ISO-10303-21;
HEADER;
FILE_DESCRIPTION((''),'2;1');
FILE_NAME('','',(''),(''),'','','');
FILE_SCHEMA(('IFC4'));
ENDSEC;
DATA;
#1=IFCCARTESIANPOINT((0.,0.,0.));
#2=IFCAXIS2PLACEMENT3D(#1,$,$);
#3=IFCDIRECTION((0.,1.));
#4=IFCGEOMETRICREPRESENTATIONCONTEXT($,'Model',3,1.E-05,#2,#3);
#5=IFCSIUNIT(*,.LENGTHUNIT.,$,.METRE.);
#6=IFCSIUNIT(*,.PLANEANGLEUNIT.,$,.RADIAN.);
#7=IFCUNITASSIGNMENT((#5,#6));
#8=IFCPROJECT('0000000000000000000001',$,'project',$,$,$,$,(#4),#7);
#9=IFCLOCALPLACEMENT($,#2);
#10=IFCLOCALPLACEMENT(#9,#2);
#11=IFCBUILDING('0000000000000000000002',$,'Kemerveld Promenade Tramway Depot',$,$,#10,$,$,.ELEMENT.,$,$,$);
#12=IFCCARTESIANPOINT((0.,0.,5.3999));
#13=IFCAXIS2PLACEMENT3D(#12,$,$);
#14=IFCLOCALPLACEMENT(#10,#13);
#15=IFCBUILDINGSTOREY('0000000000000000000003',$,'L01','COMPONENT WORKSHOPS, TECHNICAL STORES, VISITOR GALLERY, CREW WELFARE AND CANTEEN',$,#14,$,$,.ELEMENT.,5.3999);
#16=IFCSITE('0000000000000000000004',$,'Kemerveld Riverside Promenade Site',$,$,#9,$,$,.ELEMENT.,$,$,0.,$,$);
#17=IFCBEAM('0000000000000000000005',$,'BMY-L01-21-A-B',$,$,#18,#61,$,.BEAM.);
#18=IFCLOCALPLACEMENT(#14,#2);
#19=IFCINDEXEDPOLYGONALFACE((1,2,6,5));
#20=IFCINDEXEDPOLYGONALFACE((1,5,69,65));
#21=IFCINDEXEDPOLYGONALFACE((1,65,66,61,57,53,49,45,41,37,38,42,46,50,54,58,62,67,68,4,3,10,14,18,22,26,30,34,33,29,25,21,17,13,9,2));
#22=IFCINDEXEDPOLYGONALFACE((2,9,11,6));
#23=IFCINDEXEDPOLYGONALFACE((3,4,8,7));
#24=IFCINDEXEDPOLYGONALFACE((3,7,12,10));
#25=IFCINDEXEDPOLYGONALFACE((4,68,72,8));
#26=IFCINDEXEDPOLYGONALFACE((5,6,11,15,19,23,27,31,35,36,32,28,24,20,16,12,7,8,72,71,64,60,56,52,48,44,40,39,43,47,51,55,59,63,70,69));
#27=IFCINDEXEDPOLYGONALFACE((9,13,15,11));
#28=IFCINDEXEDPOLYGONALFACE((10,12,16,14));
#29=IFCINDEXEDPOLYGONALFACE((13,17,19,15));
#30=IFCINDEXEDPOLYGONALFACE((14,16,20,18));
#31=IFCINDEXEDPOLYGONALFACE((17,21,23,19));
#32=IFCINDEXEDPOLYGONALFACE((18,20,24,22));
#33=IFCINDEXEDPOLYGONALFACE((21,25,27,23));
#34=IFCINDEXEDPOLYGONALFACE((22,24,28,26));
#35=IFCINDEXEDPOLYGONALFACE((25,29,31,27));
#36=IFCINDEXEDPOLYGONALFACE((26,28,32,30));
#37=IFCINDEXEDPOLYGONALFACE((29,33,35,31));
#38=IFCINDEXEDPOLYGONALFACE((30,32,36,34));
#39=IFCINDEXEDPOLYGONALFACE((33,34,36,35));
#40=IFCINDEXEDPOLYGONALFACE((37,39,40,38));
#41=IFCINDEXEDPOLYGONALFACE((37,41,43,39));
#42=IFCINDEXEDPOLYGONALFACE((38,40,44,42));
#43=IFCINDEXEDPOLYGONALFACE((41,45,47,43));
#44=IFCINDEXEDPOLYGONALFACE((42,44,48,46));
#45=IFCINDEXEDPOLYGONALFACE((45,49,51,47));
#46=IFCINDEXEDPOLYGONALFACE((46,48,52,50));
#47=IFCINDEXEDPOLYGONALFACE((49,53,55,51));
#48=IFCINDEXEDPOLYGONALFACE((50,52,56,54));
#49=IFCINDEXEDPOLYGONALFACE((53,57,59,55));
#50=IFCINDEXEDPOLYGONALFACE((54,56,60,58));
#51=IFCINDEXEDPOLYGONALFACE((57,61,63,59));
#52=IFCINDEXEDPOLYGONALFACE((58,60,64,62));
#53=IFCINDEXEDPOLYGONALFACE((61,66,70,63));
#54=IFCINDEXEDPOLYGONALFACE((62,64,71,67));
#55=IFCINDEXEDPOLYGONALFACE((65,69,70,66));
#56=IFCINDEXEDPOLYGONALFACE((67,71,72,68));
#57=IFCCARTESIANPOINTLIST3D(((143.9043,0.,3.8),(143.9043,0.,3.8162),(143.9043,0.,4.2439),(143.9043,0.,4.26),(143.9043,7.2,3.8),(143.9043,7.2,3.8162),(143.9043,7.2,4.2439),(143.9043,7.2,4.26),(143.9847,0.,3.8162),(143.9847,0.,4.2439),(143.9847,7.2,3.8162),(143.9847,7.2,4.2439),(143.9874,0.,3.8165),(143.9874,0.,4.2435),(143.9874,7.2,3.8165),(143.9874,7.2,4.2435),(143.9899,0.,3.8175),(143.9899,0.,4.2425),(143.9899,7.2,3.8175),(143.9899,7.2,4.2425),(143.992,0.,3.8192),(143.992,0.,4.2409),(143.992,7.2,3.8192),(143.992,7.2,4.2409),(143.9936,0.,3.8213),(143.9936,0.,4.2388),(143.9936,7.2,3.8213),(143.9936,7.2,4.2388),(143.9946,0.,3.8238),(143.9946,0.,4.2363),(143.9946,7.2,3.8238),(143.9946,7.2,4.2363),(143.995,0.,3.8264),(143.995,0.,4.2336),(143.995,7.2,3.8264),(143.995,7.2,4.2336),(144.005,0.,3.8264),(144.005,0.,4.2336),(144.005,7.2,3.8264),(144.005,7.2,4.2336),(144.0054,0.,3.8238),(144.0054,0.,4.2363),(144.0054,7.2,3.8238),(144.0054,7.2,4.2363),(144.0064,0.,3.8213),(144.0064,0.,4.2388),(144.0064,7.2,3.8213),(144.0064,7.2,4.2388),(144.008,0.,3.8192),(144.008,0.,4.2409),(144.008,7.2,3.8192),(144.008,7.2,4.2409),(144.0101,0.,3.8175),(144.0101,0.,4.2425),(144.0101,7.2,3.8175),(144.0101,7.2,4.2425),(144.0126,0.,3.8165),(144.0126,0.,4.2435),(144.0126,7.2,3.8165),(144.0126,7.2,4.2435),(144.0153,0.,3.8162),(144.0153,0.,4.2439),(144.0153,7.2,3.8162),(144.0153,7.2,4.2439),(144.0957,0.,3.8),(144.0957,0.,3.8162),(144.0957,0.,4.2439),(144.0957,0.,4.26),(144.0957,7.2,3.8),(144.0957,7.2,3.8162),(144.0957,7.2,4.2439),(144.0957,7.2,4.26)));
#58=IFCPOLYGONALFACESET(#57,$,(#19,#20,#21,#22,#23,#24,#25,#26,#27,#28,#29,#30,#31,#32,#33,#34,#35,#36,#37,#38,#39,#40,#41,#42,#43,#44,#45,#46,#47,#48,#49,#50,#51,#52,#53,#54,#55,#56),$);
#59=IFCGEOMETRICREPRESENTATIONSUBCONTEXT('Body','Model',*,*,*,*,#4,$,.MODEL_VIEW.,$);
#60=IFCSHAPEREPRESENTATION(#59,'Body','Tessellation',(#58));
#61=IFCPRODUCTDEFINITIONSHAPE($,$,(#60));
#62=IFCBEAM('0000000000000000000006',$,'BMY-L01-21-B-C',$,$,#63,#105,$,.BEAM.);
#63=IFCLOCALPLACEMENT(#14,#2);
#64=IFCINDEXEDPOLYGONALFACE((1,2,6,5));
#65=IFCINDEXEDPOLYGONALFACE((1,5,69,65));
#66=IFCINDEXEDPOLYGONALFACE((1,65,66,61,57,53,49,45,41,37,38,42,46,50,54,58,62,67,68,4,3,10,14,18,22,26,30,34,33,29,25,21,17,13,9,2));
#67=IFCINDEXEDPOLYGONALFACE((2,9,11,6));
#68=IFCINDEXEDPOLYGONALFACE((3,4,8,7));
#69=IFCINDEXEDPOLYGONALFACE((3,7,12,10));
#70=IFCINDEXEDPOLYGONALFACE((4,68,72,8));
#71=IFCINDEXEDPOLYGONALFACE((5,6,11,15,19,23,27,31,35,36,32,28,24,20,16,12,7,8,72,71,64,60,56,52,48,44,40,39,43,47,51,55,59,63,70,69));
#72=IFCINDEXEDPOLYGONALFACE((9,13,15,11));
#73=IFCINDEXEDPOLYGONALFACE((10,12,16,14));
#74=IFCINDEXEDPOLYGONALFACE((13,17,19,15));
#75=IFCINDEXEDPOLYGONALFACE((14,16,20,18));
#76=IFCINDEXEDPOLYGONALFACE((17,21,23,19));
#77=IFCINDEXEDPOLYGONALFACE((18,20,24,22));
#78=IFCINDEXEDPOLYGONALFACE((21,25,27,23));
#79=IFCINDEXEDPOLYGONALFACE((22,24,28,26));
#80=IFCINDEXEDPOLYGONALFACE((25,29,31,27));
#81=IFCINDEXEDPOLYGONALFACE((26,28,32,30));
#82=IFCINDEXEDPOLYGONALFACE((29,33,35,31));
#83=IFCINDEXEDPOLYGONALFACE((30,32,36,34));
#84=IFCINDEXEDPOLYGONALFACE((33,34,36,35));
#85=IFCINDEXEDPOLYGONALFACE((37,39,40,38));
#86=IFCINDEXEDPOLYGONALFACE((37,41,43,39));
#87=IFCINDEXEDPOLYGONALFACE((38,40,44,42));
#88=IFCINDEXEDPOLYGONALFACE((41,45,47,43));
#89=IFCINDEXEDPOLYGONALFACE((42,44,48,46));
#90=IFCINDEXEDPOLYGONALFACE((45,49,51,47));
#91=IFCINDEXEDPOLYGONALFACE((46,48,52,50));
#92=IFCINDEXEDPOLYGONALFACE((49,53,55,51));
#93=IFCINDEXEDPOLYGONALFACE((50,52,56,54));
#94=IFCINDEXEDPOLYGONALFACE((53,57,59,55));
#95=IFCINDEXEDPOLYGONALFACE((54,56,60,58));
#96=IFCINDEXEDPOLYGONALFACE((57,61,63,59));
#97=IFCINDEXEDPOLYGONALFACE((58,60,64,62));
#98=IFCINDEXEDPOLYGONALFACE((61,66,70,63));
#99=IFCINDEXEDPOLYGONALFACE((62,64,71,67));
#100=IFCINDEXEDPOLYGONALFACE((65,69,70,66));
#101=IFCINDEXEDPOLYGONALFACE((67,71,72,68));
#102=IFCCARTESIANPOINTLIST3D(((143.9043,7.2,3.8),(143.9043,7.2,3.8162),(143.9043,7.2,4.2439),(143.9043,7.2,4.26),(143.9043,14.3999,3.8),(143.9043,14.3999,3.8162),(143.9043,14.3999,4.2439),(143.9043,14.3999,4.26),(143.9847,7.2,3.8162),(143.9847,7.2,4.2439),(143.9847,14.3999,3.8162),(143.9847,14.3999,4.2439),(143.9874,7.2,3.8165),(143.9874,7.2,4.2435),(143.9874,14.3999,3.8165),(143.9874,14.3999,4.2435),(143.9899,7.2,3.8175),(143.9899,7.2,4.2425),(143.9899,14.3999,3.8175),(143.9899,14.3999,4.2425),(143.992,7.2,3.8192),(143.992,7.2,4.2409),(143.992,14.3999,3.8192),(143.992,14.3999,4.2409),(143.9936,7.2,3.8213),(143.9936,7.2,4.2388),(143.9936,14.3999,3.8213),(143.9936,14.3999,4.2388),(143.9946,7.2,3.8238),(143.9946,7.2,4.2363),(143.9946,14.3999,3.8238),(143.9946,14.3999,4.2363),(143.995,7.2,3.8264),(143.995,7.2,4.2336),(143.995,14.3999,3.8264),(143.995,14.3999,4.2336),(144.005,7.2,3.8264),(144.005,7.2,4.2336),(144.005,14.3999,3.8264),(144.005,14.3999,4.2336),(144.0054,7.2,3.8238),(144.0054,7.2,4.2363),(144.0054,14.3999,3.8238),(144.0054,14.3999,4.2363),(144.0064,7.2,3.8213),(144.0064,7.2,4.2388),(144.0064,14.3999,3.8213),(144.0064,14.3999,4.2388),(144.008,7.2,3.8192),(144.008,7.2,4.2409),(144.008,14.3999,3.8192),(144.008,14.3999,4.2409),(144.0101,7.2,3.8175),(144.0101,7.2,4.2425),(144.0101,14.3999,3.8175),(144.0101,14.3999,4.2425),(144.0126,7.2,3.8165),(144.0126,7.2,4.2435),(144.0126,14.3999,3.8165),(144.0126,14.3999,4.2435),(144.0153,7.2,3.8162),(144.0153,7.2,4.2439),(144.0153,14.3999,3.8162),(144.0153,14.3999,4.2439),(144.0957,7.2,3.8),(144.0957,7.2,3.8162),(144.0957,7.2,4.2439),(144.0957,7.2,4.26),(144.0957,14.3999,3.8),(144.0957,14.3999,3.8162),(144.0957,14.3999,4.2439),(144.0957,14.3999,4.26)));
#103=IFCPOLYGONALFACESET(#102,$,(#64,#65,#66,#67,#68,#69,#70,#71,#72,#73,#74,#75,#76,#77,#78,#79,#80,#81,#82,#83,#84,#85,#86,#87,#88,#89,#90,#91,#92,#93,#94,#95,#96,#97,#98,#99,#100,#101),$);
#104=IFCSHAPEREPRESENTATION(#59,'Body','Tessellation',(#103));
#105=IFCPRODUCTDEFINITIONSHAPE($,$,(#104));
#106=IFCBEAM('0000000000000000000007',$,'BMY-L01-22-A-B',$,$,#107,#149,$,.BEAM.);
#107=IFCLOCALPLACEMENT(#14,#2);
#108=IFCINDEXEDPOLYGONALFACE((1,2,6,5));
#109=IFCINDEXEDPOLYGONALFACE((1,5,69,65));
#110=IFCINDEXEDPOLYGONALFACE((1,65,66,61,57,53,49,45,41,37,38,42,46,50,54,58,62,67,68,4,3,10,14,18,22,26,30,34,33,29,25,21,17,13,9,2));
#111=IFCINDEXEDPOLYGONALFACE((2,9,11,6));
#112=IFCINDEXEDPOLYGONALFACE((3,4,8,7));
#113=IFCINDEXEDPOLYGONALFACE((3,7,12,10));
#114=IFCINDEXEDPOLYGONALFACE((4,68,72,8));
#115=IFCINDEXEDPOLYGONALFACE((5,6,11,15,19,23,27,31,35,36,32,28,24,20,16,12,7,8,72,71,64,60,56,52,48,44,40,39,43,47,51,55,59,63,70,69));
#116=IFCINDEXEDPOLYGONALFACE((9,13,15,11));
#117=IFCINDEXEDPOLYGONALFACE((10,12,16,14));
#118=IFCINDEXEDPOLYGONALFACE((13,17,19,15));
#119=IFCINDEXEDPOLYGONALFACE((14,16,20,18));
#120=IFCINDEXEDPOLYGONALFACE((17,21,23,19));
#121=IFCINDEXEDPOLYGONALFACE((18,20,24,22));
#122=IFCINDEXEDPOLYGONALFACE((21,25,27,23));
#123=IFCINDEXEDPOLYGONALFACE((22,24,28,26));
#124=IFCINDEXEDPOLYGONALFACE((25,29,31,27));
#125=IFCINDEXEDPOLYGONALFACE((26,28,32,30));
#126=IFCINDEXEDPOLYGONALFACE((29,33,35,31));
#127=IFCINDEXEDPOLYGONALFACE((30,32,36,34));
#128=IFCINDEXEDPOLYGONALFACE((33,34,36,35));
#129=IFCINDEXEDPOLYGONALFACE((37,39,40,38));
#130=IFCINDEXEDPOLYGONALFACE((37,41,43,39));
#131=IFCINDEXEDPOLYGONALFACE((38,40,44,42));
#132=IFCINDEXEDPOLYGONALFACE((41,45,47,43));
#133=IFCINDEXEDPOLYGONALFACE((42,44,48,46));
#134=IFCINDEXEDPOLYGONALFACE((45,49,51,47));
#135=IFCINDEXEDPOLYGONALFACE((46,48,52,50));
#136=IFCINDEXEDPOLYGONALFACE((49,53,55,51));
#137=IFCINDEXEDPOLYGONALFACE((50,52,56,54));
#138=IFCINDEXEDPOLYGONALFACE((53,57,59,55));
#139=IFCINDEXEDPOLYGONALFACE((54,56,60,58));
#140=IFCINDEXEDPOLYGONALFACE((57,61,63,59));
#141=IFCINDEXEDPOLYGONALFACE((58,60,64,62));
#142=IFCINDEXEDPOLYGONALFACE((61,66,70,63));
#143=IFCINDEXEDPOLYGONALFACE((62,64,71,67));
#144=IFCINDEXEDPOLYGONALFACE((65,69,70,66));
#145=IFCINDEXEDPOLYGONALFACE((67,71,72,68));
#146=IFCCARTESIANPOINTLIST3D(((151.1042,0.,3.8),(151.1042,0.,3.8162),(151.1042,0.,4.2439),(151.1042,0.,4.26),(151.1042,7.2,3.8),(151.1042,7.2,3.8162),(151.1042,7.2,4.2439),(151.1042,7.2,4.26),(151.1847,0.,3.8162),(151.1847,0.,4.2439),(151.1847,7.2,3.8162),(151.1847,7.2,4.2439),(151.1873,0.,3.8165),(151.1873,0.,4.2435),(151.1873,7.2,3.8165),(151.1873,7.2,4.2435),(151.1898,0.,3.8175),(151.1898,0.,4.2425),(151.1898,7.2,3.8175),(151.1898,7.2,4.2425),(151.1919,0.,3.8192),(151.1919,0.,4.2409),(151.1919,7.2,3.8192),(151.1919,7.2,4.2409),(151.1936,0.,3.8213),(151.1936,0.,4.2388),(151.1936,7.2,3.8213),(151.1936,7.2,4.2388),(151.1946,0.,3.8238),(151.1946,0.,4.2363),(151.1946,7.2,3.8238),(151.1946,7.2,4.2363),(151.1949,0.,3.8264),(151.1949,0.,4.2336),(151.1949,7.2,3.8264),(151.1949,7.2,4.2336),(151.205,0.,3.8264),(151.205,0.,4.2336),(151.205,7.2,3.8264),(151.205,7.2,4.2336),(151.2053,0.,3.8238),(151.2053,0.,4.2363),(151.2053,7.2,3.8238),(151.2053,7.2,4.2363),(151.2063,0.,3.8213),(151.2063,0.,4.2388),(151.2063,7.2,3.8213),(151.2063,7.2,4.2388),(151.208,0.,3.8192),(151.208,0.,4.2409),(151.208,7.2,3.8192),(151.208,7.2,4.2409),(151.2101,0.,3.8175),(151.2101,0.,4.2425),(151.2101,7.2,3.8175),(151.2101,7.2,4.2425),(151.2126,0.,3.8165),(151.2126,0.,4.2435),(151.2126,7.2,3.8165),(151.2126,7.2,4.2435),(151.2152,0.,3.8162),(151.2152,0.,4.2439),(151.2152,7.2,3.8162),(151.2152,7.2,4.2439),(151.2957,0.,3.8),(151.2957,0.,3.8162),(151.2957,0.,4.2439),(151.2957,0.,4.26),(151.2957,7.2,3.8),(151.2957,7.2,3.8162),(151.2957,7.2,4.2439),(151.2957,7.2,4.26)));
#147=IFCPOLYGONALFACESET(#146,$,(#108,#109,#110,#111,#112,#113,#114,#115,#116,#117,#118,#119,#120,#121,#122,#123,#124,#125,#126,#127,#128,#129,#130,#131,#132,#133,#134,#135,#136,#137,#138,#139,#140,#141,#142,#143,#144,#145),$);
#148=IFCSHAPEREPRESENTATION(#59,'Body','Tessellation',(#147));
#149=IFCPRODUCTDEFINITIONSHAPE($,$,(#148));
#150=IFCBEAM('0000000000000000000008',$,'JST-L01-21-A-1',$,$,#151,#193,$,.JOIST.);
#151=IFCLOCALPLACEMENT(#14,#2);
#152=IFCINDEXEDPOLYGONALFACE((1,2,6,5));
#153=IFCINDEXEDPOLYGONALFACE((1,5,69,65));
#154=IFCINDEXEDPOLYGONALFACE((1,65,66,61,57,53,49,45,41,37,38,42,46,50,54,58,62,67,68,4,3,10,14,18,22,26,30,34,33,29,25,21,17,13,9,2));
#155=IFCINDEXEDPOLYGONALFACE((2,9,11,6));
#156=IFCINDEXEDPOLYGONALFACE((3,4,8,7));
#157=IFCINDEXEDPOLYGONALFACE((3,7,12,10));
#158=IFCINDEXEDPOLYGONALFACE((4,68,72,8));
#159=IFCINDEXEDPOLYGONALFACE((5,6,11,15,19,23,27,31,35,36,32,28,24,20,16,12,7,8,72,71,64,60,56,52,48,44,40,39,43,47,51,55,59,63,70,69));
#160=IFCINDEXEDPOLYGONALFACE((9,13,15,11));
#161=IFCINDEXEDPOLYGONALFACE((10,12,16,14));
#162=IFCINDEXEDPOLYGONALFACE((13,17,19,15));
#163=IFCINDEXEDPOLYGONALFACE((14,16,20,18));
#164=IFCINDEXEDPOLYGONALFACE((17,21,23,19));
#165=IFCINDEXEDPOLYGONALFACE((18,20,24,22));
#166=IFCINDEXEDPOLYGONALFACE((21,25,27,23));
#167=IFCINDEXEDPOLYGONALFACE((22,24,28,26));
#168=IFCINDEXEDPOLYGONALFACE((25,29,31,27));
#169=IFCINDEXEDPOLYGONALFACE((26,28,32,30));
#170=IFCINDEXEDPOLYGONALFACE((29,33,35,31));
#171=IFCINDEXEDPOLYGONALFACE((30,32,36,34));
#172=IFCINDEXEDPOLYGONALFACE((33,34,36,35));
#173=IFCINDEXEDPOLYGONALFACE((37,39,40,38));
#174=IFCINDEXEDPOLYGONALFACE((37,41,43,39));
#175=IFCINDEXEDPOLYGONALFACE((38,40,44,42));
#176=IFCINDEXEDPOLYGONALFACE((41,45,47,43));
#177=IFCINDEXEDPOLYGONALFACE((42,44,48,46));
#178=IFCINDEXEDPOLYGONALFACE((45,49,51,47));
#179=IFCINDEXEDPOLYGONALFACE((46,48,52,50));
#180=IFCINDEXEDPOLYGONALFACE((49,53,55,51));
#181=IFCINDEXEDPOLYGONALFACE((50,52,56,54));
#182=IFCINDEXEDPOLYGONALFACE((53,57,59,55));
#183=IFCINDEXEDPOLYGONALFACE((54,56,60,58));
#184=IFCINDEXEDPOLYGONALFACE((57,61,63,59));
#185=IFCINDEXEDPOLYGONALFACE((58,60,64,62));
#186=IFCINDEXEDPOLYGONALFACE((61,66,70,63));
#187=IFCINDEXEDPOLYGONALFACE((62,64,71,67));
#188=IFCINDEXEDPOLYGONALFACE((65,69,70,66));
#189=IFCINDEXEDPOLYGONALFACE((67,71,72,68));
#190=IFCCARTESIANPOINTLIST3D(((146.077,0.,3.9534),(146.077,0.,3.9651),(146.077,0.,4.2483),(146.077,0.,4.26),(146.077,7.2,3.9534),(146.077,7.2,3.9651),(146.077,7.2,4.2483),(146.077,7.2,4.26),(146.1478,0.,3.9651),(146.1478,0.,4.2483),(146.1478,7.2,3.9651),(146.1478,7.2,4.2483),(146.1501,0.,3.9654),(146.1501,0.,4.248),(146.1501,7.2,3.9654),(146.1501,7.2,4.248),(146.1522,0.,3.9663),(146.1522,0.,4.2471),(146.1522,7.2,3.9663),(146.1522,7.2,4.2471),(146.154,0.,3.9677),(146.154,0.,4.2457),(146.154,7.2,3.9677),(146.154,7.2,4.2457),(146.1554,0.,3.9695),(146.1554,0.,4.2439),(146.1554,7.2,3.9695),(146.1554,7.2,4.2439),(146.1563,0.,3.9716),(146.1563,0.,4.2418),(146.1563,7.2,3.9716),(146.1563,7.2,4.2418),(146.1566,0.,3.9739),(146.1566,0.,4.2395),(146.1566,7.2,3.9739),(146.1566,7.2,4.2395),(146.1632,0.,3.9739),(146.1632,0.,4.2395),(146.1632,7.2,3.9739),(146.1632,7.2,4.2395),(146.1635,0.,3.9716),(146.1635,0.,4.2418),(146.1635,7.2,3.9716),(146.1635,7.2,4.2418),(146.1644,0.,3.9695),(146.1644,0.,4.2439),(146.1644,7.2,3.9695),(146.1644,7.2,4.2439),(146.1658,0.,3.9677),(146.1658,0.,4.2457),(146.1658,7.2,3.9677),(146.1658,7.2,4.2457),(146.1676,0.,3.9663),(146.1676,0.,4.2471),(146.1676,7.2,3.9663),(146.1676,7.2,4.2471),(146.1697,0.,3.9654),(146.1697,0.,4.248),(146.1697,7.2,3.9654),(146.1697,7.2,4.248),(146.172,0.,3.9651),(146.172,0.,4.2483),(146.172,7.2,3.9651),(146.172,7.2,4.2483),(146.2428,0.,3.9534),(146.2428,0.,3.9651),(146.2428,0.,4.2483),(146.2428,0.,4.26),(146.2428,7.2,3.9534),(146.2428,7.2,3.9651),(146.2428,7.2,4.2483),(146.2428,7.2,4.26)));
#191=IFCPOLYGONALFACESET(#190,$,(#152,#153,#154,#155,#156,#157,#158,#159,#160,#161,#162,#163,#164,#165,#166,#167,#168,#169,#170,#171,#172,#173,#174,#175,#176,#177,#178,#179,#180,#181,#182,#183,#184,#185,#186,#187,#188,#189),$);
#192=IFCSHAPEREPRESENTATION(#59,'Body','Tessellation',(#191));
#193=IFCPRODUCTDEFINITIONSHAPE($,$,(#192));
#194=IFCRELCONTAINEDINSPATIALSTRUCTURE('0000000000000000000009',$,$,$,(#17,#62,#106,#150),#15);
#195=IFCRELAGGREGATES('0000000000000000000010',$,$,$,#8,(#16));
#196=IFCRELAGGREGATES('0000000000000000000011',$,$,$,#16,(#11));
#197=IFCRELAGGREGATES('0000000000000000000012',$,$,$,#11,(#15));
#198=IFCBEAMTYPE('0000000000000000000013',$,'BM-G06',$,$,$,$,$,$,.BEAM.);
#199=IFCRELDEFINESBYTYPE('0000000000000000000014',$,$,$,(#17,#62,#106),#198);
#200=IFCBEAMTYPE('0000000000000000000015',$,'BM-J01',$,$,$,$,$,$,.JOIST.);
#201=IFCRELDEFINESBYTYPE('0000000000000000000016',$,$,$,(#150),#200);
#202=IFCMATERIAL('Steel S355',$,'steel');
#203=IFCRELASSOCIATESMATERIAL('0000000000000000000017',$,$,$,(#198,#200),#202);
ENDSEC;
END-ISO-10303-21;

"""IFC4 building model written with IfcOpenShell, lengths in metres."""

from ifc_helpers import new_model, si_unit, direction, frame, origin, origin_2d, place, context, subcontext, project, spatial, i_section, extrude, material, material_profile, profile_set, type_object, element, save


model = new_model("IFC4")

# Units and contexts
model_context = context("Model", 3, precision=1e-05, world=origin(), true_north=direction((0.0, 1.0)))
body_context = subcontext(model_context, "Body", "Model", "MODEL_VIEW")
ifc_project = project(units=[si_unit("LENGTHUNIT", "METRE"), si_unit("PLANEANGLEUNIT", "RADIAN")], contexts=[model_context])

# Site, building, storey
site_placement = place(None, origin())
site = spatial("IfcSite", under=ifc_project, at=site_placement, Name="Kemerveld Riverside Promenade Site", CompositionType="ELEMENT", RefElevation=0.0)
building_placement = place(site_placement, origin())
building = spatial("IfcBuilding", under=site, at=building_placement, Name="Kemerveld Promenade Tramway Depot", CompositionType="ELEMENT")
storey_placement = place(building_placement, frame((0.0, 0.0, 5.3999)))
storey = spatial("IfcBuildingStorey", under=building, at=storey_placement, Name="L01", Description="COMPONENT WORKSHOPS, TECHNICAL STORES, VISITOR GALLERY, CREW WELFARE AND CANTEEN", CompositionType="ELEMENT", Elevation=5.3999)

# Shared definitions
ifc_material_1 = material(Name="Steel S355", Category="steel")

# Beams
ifc_material_profile_1 = material_profile(ifc_material_1, i_section(OverallWidth=0.1914, OverallDepth=0.46, WebThickness=0.01, FlangeThickness=0.0161, FilletRadius=0.0103, at=origin_2d()), Name="457x191x82 UB")
ifc_profile_set_1 = profile_set([ifc_material_profile_1], Name="Steel S355")
beam_type_1 = type_object("IfcBeamType", Name="BM-G06", PredefinedType="BEAM", material=ifc_profile_set_1)
for number, where, z_axis, x_axis, name in (
    (1, (144.0, 0.0, 4.03), (0.0, 1.0, 0.0), (-1.0, 0.0, 0.0), "BMY-L01-21-A-B"),
    (2, (144.0, 7.2, 4.03), (0.0, 1.0, 0.0), (-1.0, 0.0, 0.0), "BMY-L01-21-B-C"),
    (3, (151.2, 0.0, 4.03), (0.0, 1.0, 0.0), (-1.0, 0.0, 0.0), "BMY-L01-22-A-B"),
):
    element("IfcBeam", number, at=place(storey_placement, frame(where, z_axis=z_axis, x_axis=x_axis)), inside=storey, type_object=beam_type_1, Name=name, PredefinedType="BEAM", context=body_context, shape_type="SweptSolid", body=[
        extrude(i_section(OverallWidth=0.1914, OverallDepth=0.46, WebThickness=0.01, FlangeThickness=0.0161, FilletRadius=0.0103, at=origin_2d()), origin(), (0.0, 0.0, 1.0), 7.2),
    ])
ifc_material_profile_2 = material_profile(ifc_material_1, i_section(OverallWidth=0.1658, OverallDepth=0.3066, WebThickness=0.0066, FlangeThickness=0.0117, FilletRadius=0.0088, at=origin_2d()), Name="305x165x46 UB")
ifc_profile_set_2 = profile_set([ifc_material_profile_2], Name="Steel S355")
beam_type_2 = type_object("IfcBeamType", Name="BM-J01", PredefinedType="JOIST", material=ifc_profile_set_2)
for number, where, z_axis, x_axis, name in (
    (4, (146.1599, 0.0, 4.1067), (0.0, 1.0, 0.0), (-1.0, 0.0, 0.0), "JST-L01-21-A-1"),
):
    element("IfcBeam", number, at=place(storey_placement, frame(where, z_axis=z_axis, x_axis=x_axis)), inside=storey, type_object=beam_type_2, Name=name, PredefinedType="JOIST", context=body_context, shape_type="SweptSolid", body=[
        extrude(i_section(OverallWidth=0.1658, OverallDepth=0.3066, WebThickness=0.0066, FlangeThickness=0.0117, FilletRadius=0.0088, at=origin_2d()), origin(), (0.0, 0.0, 1.0), 7.2),
    ])

save(model, "model.ifc")
